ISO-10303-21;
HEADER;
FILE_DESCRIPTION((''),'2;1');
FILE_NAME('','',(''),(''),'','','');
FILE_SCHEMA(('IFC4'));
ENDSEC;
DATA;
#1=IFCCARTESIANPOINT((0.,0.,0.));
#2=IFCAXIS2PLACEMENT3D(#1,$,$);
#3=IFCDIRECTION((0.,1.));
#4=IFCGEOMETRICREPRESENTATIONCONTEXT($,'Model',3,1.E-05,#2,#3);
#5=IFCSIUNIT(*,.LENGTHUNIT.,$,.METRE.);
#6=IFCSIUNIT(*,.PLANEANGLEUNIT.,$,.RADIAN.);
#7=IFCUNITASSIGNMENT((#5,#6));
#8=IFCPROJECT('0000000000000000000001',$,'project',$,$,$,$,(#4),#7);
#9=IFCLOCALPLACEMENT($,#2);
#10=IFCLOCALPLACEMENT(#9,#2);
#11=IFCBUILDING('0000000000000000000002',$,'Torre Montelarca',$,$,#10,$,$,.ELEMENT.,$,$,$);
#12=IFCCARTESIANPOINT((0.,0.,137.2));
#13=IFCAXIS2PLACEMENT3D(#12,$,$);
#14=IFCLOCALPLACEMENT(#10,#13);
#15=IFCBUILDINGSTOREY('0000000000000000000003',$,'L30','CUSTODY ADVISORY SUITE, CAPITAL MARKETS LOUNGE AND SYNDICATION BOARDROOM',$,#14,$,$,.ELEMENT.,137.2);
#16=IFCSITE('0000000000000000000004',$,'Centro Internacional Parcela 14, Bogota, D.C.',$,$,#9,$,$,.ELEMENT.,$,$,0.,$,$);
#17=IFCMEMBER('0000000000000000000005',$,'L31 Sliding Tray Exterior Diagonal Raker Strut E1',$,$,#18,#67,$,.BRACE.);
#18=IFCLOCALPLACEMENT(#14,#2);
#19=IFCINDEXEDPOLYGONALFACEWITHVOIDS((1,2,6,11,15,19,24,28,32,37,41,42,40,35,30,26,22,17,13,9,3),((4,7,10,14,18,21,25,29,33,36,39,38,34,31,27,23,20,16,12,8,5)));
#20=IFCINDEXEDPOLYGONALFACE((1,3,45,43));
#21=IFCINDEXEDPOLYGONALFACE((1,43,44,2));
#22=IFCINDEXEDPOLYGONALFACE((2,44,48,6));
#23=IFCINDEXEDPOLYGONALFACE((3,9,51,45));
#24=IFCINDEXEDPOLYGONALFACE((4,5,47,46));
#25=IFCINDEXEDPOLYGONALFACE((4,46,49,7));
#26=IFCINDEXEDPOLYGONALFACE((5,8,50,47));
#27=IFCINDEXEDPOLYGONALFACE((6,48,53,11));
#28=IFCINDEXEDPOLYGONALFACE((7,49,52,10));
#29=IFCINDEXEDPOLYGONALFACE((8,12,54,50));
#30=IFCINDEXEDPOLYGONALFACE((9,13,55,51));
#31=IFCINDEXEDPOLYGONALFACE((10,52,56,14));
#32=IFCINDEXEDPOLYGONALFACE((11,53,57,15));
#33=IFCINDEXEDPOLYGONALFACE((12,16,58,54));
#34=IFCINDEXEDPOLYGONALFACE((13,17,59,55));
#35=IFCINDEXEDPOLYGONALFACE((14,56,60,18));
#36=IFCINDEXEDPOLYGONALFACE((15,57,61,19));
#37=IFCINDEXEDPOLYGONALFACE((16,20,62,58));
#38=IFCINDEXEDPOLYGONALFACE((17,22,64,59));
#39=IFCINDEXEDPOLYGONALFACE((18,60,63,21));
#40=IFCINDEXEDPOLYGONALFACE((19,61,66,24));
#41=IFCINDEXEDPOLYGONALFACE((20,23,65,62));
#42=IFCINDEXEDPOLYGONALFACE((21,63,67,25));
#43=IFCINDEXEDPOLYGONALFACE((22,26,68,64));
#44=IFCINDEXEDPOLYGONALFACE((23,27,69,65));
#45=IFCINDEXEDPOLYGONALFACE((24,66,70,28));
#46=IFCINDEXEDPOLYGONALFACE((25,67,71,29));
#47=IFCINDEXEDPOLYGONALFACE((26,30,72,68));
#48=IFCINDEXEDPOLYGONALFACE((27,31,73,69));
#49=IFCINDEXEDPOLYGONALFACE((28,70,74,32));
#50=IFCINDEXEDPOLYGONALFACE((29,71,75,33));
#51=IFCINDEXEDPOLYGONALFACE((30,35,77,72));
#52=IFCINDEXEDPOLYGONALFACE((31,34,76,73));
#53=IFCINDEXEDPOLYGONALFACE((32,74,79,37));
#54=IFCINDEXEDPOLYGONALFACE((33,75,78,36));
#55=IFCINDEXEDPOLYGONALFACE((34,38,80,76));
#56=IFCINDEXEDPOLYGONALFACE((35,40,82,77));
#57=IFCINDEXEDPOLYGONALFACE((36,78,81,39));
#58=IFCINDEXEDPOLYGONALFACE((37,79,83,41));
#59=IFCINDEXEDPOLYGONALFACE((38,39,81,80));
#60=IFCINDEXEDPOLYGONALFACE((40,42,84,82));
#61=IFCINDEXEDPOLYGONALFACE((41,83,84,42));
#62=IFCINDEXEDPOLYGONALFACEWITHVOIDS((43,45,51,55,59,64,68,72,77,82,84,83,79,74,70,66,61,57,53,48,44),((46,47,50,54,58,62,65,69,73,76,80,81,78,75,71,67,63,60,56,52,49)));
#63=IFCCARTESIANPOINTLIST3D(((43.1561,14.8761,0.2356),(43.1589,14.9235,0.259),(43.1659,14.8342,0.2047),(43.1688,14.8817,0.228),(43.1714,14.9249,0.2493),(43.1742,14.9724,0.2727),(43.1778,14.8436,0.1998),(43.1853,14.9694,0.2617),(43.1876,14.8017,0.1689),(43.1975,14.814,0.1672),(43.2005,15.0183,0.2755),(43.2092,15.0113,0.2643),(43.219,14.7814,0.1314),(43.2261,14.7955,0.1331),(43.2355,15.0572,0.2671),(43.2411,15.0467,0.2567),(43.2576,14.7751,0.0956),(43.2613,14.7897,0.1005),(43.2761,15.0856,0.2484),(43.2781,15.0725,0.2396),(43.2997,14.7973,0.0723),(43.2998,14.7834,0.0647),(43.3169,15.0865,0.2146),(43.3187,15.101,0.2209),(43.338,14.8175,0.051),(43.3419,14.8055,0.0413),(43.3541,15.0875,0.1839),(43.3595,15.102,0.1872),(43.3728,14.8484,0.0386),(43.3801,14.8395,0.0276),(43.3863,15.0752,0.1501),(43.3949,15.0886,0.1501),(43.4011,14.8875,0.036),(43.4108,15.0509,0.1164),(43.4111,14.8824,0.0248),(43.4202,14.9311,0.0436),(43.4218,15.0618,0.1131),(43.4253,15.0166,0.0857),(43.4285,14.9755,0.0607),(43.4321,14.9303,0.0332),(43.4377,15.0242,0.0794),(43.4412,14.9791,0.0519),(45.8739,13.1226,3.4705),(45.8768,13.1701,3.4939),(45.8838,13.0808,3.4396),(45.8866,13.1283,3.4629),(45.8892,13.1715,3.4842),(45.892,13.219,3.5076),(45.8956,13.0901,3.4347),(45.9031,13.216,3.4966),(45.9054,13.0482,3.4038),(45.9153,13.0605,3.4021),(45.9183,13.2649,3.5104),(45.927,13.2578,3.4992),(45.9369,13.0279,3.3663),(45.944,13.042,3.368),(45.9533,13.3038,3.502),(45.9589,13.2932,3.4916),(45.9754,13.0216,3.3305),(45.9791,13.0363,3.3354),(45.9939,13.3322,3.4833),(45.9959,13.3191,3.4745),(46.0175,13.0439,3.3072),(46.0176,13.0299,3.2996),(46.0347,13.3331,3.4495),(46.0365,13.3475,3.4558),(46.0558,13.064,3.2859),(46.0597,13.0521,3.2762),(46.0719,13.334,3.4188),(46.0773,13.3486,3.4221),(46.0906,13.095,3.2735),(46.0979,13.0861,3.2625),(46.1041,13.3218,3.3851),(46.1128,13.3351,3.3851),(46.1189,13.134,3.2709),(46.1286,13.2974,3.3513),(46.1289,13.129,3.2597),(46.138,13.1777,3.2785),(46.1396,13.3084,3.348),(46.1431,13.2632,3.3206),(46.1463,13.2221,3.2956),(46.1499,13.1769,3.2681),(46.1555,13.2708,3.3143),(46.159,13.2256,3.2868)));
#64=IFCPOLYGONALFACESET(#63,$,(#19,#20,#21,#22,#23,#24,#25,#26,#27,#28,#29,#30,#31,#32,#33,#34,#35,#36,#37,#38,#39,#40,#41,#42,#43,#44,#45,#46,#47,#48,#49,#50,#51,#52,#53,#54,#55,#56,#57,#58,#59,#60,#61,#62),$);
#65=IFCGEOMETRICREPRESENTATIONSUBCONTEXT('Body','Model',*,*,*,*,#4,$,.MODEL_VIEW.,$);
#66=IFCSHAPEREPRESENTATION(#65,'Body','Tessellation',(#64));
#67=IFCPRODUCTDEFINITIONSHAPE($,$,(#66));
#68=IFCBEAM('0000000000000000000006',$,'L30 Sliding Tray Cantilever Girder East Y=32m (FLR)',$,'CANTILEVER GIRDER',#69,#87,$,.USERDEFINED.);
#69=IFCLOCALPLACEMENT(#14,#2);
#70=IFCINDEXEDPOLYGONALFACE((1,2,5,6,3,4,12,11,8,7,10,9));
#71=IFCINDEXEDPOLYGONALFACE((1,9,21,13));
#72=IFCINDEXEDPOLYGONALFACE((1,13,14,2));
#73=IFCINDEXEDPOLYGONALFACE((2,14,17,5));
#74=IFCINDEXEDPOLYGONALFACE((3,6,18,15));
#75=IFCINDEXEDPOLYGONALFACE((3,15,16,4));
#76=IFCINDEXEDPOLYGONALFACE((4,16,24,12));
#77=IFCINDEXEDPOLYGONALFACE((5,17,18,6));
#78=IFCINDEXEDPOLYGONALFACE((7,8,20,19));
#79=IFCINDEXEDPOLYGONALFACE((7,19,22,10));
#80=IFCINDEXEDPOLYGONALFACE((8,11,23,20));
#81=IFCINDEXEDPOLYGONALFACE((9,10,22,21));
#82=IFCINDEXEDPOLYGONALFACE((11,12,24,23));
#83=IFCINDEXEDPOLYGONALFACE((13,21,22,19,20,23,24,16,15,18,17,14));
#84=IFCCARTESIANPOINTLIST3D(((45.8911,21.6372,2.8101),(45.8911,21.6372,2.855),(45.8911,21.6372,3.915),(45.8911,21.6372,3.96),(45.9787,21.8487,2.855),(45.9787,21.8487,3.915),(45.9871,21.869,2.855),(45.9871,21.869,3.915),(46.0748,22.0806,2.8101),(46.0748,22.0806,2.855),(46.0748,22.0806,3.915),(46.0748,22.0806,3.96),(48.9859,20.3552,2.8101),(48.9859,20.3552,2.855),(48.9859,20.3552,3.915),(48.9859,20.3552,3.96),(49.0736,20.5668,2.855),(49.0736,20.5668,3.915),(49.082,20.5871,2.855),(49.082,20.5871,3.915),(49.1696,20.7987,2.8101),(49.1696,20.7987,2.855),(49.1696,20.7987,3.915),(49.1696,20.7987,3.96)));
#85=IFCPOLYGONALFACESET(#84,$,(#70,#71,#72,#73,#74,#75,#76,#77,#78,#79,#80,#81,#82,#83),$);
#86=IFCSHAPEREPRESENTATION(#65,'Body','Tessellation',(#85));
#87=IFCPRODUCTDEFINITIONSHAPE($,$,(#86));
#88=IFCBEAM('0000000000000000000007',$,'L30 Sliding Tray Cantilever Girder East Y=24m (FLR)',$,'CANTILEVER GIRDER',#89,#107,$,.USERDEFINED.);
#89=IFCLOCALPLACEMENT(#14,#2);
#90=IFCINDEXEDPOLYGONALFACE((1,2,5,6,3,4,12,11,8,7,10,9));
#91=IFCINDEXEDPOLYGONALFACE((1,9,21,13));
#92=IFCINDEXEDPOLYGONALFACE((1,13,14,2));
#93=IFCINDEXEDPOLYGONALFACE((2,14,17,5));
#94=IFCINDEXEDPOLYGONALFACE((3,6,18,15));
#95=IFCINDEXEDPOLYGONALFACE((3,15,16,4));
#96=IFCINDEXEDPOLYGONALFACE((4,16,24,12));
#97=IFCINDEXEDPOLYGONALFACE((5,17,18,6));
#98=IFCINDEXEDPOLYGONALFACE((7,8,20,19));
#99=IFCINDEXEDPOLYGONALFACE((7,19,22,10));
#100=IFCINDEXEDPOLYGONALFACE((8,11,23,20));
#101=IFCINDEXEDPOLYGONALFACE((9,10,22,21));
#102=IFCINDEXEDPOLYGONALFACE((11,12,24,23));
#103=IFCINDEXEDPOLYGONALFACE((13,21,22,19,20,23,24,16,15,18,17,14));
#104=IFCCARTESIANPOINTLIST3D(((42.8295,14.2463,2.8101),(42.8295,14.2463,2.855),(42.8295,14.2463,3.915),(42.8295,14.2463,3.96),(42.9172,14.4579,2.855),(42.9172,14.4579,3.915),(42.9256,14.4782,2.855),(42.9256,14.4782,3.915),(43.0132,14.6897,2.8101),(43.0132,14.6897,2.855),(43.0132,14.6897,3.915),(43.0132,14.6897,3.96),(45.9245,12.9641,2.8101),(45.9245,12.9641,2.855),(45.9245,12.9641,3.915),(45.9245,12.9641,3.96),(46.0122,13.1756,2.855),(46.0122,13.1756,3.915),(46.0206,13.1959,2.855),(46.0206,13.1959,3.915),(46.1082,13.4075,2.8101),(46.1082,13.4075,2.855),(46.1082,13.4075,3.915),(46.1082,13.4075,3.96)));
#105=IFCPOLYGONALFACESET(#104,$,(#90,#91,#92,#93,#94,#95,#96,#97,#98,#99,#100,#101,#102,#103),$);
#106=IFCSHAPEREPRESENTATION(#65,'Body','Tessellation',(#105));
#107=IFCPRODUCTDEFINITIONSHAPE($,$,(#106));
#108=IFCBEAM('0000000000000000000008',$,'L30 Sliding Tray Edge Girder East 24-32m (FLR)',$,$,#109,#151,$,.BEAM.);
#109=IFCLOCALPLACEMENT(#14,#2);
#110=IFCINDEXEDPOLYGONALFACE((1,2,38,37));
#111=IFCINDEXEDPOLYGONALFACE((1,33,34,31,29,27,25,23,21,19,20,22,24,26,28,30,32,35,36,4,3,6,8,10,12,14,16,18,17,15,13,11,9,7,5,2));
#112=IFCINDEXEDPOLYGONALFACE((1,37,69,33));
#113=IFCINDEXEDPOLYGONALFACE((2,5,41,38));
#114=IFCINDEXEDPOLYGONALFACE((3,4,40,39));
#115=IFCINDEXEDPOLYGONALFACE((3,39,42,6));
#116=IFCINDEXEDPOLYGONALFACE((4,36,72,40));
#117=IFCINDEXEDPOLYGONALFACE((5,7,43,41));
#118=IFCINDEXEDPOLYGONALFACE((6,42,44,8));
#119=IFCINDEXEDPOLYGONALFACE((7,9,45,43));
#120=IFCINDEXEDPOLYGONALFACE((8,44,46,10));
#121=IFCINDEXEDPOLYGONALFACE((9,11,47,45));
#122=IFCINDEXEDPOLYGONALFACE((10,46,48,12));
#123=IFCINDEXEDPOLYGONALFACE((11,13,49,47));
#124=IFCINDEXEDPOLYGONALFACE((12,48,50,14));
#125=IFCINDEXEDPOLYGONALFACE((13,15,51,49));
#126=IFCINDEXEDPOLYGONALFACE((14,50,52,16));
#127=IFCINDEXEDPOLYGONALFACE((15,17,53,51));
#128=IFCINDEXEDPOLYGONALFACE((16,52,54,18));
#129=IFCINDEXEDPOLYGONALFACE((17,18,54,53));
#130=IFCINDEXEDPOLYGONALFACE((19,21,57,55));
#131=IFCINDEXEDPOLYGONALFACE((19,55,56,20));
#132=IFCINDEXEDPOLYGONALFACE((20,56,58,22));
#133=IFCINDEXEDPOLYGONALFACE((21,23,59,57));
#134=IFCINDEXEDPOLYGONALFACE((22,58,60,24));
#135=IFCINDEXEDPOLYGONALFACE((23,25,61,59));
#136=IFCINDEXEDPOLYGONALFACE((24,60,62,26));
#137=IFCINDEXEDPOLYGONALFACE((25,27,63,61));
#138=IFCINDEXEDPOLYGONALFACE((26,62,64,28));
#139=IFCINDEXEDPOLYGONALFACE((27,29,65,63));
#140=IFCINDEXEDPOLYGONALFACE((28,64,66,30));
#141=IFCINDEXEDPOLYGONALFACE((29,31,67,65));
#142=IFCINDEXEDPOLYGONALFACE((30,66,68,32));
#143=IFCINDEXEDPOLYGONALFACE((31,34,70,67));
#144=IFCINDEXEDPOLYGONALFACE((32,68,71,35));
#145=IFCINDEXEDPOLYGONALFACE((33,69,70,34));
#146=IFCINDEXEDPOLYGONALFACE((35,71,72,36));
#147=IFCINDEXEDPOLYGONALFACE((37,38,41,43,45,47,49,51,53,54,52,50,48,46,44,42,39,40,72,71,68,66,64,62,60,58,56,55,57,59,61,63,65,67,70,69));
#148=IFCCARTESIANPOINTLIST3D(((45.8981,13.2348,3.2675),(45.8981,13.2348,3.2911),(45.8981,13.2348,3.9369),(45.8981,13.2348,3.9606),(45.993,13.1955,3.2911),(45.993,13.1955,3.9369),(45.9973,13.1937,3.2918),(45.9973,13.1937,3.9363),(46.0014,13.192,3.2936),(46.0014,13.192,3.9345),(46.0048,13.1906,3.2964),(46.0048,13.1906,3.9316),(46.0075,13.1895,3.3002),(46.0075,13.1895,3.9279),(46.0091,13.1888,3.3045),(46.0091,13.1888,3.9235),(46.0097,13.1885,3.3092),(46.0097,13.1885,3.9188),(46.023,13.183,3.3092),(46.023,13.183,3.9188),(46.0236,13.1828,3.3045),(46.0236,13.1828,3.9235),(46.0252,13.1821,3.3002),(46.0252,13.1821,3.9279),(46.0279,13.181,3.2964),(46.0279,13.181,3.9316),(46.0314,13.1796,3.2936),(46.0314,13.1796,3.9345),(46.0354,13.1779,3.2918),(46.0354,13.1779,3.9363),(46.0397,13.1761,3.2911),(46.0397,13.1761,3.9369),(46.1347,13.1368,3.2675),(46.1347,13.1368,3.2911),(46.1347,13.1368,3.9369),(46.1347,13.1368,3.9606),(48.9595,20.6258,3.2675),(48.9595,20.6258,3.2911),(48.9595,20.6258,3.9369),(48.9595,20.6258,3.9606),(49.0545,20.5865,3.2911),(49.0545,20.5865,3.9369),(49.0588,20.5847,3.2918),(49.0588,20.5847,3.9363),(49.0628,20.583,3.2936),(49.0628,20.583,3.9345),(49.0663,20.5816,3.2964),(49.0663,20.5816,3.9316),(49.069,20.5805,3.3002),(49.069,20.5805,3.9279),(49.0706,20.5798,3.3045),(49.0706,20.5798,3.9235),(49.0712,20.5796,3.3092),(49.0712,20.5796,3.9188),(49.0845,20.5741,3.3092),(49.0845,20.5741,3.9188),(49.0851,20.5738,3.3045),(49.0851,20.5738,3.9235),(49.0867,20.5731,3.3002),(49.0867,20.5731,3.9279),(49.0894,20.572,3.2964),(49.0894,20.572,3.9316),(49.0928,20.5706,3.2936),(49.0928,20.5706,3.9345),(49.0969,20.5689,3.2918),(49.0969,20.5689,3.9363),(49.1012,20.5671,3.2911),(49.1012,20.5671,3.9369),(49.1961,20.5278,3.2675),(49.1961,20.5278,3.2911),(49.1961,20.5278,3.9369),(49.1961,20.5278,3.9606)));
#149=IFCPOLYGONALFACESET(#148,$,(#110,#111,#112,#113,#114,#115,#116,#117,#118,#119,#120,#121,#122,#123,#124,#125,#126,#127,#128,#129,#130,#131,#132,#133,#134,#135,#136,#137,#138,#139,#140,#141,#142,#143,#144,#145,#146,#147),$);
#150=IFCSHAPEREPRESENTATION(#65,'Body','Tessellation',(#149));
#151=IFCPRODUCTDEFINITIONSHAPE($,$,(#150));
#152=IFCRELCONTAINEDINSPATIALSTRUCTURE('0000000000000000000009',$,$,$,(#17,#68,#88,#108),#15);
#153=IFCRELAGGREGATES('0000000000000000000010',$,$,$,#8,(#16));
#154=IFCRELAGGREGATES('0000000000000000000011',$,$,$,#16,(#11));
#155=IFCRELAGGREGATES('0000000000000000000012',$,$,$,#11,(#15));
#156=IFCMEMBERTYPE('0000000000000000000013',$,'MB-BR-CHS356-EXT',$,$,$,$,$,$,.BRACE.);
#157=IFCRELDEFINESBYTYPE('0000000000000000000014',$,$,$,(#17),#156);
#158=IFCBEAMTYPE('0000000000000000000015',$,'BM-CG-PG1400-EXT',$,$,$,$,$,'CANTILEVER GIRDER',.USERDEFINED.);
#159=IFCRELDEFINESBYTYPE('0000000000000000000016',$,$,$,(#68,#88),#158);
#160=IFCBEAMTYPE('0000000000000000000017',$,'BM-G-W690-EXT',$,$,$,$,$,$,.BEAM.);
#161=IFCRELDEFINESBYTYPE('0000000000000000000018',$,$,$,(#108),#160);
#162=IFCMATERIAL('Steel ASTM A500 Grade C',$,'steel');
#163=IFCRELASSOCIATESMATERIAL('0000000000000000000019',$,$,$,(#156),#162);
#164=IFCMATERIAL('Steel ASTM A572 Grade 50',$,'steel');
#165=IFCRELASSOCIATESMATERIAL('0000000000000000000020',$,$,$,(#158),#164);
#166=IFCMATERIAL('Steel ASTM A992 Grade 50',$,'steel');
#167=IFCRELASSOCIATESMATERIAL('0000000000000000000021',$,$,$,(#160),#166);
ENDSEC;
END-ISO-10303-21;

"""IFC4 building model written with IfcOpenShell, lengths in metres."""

from ifc_helpers import new_model, si_unit, direction, frame, origin, origin_2d, place, context, subcontext, project, spatial, hollow_circle, i_section, extrude, source, transform, mapped, material, material_profile, profile_set, type_object, element, save


model = new_model("IFC4")

# Units and contexts
model_context = context("Model", 3, precision=1e-05, world=origin(), true_north=direction((0.0, 1.0)))
body_context = subcontext(model_context, "Body", "Model", "MODEL_VIEW")
ifc_project = project(units=[si_unit("LENGTHUNIT", "METRE"), si_unit("PLANEANGLEUNIT", "RADIAN")], contexts=[model_context])

# Site, building, storey
site_placement = place(None, origin())
site = spatial("IfcSite", under=ifc_project, at=site_placement, Name="Centro Internacional Parcela 14, Bogota, D.C.", CompositionType="ELEMENT", RefElevation=0.0)
building_placement = place(site_placement, origin())
building = spatial("IfcBuilding", under=site, at=building_placement, Name="Torre Montelarca", CompositionType="ELEMENT")
storey_placement = place(building_placement, frame((0.0, 0.0, 137.2)))
storey = spatial("IfcBuildingStorey", under=building, at=storey_placement, Name="L30", Description="CUSTODY ADVISORY SUITE, CAPITAL MARKETS LOUNGE AND SYNDICATION BOARDROOM", CompositionType="ELEMENT", Elevation=137.2)

# Member
ifc_material_1 = material(Name="Steel ASTM A500 Grade C", Category="steel")
ifc_material_profile_1 = material_profile(ifc_material_1, hollow_circle(Radius=0.1777, WallThickness=0.0159, at=origin_2d()), Name="HSS355.6X15.9", Category="steel")
ifc_profile_set_1 = profile_set([ifc_material_profile_1], Name="Steel ASTM A500 Grade C")
member_type_1 = type_object("IfcMemberType", Name="MB-BR-CHS356-EXT", PredefinedType="BRACE", material=ifc_profile_set_1)
shared_shape_1 = source(origin(), body_context, "Body", "SweptSolid", [
    extrude(hollow_circle(Radius=0.1777, WallThickness=0.0159, at=origin_2d()), origin(), (0.0, 0.0, 1.0), 4.5745),
])
member_1_placement = place(storey_placement, frame((43.2986, 14.9392, 0.1501), z_axis=(0.594127, -0.383311, 0.707167), x_axis=(0.54213, 0.840294, 0.0)))
element("IfcMember", 1, at=member_1_placement, inside=storey, type_object=member_type_1, Name="L31 Sliding Tray Exterior Diagonal Raker Strut E1", PredefinedType="BRACE", context=body_context, shape_type="MappedRepresentation", body=[
    mapped(shared_shape_1, transform((0.0, 0.0, 0.0), scale=1.0)),
])

# Beams
ifc_material_2 = material(Name="Steel ASTM A572 Grade 50", Category="steel")
ifc_material_profile_2 = material_profile(ifc_material_2, i_section(OverallWidth=0.48, OverallDepth=1.1499, WebThickness=0.022, FlangeThickness=0.0449, at=origin_2d()), Name="PG1150X480X22X45", Category="steel")
ifc_profile_set_2 = profile_set([ifc_material_profile_2], Name="Steel ASTM A572 Grade 50")
beam_type_1 = type_object("IfcBeamType", Name="BM-CG-PG1400-EXT", ElementType="CANTILEVER GIRDER", PredefinedType="USERDEFINED", material=ifc_profile_set_2)
shared_shape_2 = source(origin(), body_context, "Body", "SweptSolid", [
    extrude(i_section(OverallWidth=0.48, OverallDepth=1.1499, WebThickness=0.022, FlangeThickness=0.0449, at=origin_2d()), origin(), (0.0, 0.0, 1.0), 3.3499),
])
beam_1_placement = place(storey_placement, frame((45.9829, 21.8589, 3.385), z_axis=(0.923879, -0.382684, 0.0), x_axis=(0.382684, 0.923879, 0.0)))
element("IfcBeam", 2, at=beam_1_placement, inside=storey, type_object=beam_type_1, Name="L30 Sliding Tray Cantilever Girder East Y=32m (FLR)", ObjectType="CANTILEVER GIRDER", PredefinedType="USERDEFINED", context=body_context, shape_type="MappedRepresentation", body=[
    mapped(shared_shape_2, transform((0.0, 0.0, 0.0), scale=1.0)),
])
shared_shape_3 = source(origin(), body_context, "Body", "SweptSolid", [
    extrude(i_section(OverallWidth=0.48, OverallDepth=1.1499, WebThickness=0.022, FlangeThickness=0.0449, at=origin_2d()), origin(), (0.0, 0.0, 1.0), 3.3501),
])
beam_2_placement = place(storey_placement, frame((42.9214, 14.468, 3.385), z_axis=(0.923853, -0.382747, 0.0), x_axis=(0.382747, 0.923853, 0.0)))
element("IfcBeam", 3, at=beam_2_placement, inside=storey, type_object=beam_type_1, Name="L30 Sliding Tray Cantilever Girder East Y=24m (FLR)", ObjectType="CANTILEVER GIRDER", PredefinedType="USERDEFINED", context=body_context, shape_type="MappedRepresentation", body=[
    mapped(shared_shape_3, transform((0.0, 0.0, 0.0), scale=1.0)),
])
ifc_material_3 = material(Name="Steel ASTM A992 Grade 50", Category="steel")
ifc_material_profile_3 = material_profile(ifc_material_3, i_section(OverallWidth=0.2561, OverallDepth=0.6931, WebThickness=0.0144, FlangeThickness=0.0237, FilletRadius=0.0181, at=origin_2d()), Name="W690X170", Category="steel")
ifc_profile_set_3 = profile_set([ifc_material_profile_3], Name="Steel ASTM A992 Grade 50")
beam_type_2 = type_object("IfcBeamType", Name="BM-G-W690-EXT", PredefinedType="BEAM", material=ifc_profile_set_3)
shared_shape_4 = source(origin(), body_context, "Body", "SweptSolid", [
    extrude(i_section(OverallWidth=0.2561, OverallDepth=0.6931, WebThickness=0.0144, FlangeThickness=0.0237, FilletRadius=0.0181, at=origin_2d()), origin(), (0.0, 0.0, 1.0), 8.0),
])
for number, where, z_axis, x_axis, name in (
    (4, (46.0164, 13.1858, 3.614), (0.382686, 0.923878, 0.0), (-0.923878, 0.382686, 0.0), "L30 Sliding Tray Edge Girder East 24-32m (FLR)"),
):
    element("IfcBeam", number, at=place(storey_placement, frame(where, z_axis=z_axis, x_axis=x_axis)), inside=storey, type_object=beam_type_2, Name=name, PredefinedType="BEAM", context=body_context, shape_type="MappedRepresentation", body=[
        mapped(shared_shape_4, transform((0.0, 0.0, 0.0), scale=1.0)),
    ])

save(model, "model.ifc")
